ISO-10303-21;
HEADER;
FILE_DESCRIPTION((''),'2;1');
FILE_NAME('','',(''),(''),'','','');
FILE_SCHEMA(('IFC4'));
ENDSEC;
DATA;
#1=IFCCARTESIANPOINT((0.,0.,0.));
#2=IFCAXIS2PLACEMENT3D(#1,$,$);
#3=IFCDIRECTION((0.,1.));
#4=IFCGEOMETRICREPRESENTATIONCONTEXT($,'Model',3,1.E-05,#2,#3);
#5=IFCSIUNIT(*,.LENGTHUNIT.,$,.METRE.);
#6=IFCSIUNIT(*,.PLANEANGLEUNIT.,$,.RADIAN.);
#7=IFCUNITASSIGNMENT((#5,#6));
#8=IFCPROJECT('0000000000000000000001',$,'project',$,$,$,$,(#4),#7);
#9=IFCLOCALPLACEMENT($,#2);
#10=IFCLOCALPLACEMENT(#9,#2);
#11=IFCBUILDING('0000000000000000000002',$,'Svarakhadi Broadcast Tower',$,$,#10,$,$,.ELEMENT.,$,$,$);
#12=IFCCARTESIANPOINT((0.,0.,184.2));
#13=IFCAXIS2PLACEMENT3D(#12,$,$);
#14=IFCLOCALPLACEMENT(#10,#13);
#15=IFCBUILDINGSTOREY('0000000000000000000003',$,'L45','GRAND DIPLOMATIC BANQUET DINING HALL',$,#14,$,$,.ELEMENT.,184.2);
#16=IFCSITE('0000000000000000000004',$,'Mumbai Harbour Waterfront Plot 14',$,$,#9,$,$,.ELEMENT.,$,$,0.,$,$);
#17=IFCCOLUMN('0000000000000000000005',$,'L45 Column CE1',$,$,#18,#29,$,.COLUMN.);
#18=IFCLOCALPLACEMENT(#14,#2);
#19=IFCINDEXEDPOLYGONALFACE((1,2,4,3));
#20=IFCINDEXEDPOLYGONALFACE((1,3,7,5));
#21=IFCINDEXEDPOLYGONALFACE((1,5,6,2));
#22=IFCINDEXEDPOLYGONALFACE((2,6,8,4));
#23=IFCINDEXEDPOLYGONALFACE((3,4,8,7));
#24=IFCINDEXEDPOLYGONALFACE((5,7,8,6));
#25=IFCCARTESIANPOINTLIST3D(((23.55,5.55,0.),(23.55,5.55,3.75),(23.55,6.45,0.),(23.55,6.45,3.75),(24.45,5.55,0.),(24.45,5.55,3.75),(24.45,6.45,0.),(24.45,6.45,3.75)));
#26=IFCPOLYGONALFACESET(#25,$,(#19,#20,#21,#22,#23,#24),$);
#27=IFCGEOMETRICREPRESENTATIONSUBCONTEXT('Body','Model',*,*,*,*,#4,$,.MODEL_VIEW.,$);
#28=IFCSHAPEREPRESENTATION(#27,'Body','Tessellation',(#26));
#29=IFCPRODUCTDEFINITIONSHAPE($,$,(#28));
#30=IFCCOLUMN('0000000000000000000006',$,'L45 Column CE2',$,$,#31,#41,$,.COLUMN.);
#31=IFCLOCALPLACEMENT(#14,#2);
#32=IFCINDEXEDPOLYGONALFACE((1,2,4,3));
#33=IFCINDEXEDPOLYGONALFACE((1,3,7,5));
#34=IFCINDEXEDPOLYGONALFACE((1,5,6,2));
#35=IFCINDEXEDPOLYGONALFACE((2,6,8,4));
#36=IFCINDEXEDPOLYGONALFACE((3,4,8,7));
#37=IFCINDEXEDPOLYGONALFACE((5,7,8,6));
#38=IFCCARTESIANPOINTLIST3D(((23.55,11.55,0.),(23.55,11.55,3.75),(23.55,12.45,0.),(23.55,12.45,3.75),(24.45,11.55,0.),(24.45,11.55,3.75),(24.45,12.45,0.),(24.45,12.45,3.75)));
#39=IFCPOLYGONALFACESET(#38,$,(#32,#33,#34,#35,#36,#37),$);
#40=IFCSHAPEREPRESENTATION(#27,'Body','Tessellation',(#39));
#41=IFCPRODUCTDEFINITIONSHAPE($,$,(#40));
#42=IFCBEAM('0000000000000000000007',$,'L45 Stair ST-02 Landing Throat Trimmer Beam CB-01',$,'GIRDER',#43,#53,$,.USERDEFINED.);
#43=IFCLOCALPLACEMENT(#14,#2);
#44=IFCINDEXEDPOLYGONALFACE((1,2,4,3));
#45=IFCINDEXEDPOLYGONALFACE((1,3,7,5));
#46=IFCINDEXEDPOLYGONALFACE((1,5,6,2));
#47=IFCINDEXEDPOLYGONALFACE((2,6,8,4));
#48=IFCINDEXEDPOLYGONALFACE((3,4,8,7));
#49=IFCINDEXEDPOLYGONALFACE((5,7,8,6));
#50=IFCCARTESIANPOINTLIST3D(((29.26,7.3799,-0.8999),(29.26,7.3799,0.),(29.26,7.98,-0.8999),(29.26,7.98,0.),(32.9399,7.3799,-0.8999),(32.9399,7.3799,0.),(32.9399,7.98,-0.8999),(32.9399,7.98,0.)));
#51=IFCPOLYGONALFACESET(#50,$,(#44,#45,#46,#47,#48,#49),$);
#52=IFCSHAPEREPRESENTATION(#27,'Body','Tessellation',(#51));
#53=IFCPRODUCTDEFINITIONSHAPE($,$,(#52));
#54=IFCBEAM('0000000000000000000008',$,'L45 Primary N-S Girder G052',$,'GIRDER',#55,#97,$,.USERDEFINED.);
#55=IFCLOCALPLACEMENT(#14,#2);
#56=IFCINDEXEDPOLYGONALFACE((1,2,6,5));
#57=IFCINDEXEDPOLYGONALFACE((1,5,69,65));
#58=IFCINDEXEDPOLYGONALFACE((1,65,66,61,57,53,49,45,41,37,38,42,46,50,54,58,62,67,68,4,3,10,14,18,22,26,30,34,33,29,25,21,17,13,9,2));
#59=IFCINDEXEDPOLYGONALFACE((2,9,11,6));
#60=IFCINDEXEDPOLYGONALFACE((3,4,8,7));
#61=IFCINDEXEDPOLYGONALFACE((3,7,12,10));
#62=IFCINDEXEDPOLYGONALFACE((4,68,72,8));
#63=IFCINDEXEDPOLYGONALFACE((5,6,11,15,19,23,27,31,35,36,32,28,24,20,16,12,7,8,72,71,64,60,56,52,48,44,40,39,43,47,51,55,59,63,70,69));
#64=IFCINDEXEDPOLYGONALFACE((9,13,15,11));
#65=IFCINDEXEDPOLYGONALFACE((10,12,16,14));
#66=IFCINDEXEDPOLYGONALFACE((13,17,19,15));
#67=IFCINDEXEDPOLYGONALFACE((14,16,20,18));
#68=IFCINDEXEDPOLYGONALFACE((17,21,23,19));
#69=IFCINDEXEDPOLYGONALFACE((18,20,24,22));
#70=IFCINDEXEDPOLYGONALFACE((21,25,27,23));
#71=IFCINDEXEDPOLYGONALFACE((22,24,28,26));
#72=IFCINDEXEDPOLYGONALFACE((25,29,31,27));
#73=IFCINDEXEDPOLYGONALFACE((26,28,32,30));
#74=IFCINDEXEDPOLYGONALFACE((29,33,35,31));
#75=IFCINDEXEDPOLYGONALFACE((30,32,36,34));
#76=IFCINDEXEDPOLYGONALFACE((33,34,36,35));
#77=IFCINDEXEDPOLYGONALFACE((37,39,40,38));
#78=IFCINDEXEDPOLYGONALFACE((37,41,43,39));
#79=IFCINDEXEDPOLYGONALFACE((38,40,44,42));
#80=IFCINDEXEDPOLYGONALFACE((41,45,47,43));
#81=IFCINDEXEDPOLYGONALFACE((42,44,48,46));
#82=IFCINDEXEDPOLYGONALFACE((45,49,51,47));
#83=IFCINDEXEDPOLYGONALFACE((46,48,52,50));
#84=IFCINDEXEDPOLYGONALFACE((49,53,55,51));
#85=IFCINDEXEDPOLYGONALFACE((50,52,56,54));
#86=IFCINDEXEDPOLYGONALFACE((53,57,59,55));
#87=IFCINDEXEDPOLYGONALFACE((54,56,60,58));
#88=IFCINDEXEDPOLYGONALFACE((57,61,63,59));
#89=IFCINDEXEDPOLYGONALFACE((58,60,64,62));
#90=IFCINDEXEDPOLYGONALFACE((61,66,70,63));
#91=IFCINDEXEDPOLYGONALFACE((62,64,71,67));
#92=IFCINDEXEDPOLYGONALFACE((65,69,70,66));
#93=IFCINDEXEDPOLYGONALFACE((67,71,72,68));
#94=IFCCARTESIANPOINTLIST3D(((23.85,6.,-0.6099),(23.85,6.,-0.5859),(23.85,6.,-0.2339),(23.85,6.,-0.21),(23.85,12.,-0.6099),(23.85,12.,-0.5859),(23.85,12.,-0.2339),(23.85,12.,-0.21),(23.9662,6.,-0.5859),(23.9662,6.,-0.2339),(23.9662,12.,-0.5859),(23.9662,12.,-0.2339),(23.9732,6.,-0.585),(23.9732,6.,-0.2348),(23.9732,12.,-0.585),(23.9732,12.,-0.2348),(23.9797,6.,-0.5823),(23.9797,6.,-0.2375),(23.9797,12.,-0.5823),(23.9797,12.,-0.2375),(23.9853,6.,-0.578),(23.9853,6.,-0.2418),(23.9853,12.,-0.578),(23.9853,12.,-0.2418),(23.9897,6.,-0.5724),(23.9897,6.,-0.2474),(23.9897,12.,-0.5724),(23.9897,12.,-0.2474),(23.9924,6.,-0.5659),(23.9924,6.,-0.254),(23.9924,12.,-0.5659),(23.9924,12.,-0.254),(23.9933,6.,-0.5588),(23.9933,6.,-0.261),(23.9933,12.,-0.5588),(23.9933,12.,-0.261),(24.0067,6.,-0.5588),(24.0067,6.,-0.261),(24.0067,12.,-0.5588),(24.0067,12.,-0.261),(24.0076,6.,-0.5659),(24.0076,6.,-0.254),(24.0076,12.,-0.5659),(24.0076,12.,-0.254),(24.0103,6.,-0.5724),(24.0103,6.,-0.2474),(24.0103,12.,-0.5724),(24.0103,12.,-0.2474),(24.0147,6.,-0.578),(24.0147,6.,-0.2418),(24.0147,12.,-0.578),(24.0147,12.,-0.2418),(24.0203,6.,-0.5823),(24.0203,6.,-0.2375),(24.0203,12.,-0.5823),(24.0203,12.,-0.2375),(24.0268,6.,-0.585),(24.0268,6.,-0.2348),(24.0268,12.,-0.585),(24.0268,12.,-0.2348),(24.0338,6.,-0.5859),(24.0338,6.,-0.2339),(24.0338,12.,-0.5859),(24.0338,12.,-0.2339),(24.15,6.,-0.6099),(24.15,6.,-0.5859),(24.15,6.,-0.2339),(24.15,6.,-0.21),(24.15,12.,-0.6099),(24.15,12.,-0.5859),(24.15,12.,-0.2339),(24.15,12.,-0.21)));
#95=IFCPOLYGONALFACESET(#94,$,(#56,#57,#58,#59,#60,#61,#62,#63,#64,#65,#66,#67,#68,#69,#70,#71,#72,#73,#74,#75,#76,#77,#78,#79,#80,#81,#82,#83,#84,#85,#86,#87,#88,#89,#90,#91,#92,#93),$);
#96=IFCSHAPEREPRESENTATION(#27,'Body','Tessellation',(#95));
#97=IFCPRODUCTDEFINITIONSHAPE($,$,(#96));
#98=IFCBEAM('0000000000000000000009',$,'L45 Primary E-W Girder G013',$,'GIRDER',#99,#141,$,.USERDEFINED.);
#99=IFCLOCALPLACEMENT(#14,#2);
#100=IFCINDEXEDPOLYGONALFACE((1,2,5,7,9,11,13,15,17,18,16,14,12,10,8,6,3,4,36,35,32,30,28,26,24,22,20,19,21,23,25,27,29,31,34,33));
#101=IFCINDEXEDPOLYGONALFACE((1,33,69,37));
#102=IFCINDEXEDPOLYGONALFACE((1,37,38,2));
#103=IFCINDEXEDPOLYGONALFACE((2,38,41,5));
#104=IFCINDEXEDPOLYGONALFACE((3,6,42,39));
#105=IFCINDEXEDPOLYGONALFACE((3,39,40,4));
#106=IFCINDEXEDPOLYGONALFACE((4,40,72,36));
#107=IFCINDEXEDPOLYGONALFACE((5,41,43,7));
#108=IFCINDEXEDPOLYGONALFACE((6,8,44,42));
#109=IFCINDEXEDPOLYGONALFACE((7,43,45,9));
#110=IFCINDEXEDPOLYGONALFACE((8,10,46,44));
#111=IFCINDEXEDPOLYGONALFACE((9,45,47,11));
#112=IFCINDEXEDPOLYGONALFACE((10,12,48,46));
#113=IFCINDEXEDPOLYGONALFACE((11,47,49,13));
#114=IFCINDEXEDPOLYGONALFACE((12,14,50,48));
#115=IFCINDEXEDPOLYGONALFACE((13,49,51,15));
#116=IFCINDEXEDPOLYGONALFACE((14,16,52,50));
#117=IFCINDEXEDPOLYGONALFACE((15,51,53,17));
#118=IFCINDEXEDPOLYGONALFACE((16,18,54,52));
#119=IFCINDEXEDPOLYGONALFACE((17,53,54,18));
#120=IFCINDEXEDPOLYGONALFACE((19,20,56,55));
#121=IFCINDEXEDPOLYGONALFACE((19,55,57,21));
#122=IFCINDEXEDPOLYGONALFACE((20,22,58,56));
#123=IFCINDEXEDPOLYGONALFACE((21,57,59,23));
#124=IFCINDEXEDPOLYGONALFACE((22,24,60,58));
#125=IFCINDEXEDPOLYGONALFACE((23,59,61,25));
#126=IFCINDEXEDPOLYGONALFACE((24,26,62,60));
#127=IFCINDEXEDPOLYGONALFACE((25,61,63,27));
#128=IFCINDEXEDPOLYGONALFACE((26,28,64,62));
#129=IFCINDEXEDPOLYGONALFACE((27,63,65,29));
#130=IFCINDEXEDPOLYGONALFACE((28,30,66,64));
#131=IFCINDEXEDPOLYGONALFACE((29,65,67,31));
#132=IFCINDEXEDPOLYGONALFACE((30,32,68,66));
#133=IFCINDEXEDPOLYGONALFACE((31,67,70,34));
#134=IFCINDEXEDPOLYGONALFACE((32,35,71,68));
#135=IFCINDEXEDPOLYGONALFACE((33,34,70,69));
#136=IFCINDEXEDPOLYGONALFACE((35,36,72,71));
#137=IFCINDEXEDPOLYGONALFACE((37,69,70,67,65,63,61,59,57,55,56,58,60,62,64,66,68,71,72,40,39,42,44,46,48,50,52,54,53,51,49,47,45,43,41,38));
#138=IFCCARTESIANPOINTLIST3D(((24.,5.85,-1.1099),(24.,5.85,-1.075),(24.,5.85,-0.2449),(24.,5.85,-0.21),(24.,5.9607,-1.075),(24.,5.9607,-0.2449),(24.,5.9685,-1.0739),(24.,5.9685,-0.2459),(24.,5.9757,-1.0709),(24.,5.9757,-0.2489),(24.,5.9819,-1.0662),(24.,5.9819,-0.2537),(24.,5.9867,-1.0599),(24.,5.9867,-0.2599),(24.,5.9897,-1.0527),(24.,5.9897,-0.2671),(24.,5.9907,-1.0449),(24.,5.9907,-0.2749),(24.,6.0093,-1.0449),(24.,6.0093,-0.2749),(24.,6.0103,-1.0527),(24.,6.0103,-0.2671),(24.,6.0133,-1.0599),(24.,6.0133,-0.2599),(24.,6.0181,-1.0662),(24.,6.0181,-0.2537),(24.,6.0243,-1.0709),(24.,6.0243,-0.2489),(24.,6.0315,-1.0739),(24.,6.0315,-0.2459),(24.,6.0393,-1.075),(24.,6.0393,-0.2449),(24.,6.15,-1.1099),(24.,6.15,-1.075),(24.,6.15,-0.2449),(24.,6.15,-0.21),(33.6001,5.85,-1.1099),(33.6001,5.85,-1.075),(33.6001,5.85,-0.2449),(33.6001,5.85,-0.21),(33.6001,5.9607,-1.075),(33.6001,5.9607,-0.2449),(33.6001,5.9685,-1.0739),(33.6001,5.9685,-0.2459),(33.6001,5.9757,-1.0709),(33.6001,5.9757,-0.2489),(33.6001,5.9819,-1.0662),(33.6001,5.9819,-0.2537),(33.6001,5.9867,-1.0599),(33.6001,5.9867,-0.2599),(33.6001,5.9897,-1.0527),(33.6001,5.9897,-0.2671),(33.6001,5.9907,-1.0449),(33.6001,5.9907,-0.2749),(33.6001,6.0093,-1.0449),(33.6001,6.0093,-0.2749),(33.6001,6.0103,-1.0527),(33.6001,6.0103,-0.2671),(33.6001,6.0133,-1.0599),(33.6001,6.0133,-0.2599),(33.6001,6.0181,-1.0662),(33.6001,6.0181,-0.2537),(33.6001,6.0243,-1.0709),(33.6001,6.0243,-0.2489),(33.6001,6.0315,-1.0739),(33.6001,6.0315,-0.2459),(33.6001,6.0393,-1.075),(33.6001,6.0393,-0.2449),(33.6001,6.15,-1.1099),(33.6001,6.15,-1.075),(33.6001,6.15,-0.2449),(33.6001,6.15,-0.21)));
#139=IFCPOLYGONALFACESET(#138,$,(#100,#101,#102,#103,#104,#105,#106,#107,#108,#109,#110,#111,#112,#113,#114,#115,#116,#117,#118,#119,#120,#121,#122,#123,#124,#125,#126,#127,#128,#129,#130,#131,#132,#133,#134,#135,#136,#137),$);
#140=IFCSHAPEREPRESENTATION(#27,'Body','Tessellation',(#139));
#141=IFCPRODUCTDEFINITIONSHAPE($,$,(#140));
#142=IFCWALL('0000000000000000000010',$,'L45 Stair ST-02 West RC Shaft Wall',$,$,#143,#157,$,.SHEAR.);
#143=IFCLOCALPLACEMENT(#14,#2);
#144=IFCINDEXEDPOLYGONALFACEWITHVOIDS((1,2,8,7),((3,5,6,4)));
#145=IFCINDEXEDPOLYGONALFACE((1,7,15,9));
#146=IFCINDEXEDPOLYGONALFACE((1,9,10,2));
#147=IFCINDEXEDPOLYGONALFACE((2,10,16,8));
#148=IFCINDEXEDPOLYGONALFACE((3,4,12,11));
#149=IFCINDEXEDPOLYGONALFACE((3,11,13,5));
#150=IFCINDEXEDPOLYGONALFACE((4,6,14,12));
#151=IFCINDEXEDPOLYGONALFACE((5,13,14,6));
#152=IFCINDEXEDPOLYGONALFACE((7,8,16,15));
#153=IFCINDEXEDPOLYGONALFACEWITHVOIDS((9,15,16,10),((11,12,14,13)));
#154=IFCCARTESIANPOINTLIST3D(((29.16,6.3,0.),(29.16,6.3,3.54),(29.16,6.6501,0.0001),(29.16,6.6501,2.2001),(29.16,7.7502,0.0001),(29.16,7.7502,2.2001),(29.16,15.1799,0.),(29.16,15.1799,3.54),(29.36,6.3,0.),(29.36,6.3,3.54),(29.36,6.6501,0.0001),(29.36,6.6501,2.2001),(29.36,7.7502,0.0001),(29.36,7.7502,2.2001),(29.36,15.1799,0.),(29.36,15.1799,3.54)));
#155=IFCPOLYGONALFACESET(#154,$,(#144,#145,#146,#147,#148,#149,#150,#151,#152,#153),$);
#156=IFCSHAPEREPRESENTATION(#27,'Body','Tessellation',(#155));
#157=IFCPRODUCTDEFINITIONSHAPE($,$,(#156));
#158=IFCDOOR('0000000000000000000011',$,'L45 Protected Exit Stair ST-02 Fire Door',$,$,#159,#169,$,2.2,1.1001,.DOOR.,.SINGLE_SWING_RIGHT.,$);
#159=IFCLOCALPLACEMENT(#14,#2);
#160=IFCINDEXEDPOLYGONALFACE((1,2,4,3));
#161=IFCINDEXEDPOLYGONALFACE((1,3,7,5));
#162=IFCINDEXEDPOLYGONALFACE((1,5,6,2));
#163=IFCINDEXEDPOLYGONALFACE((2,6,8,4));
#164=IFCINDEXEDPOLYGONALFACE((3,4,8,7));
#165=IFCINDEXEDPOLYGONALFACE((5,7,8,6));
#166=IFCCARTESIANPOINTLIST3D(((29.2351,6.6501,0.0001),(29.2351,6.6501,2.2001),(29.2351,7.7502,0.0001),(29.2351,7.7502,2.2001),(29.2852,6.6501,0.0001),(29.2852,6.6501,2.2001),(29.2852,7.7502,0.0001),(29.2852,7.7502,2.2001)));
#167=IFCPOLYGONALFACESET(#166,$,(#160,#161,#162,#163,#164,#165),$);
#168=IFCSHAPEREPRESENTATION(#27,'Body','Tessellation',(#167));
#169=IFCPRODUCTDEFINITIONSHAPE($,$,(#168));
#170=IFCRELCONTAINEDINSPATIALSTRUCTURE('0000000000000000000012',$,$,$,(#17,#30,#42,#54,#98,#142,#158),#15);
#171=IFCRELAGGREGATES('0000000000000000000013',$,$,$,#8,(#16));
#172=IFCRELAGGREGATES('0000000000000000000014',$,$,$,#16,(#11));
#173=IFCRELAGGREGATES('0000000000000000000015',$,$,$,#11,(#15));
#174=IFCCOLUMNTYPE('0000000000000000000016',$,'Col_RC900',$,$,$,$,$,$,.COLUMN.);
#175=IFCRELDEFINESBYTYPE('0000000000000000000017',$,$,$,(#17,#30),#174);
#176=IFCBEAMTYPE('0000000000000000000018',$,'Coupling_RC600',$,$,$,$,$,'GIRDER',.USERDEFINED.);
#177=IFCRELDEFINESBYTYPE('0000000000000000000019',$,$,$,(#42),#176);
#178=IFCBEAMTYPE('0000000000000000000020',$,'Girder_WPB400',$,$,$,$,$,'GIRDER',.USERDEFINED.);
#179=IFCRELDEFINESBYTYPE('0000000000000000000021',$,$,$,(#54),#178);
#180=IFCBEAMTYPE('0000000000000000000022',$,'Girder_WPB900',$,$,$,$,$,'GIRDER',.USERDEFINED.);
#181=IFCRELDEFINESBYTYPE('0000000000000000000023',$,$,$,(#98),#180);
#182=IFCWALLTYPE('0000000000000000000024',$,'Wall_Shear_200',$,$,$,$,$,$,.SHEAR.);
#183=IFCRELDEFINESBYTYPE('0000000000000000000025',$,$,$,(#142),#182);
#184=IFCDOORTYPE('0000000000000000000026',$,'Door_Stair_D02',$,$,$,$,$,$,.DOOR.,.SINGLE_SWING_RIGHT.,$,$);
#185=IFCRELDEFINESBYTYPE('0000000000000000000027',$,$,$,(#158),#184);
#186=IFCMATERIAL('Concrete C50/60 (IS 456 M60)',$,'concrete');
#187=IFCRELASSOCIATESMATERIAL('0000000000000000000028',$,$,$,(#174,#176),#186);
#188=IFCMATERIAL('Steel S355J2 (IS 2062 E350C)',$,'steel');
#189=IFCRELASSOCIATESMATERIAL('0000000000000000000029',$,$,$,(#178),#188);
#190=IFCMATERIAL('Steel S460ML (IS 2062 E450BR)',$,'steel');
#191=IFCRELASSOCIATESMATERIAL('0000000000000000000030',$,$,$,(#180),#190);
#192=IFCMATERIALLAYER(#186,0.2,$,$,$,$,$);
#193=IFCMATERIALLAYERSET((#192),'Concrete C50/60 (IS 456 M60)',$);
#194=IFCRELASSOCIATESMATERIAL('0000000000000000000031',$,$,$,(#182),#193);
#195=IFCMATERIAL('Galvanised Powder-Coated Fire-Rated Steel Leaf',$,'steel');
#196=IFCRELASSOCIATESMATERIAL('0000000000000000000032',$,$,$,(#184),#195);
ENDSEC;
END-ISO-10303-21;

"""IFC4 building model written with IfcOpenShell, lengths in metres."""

from ifc_helpers import new_model, si_unit, direction, frame, frame_2d, origin, origin_2d, place, context, subcontext, project, spatial, rectangle, i_section, extrude, material, layer, layer_set, material_profile, profile_set, type_object, element, fill, save


model = new_model("IFC4")

# Units and contexts
model_context = context("Model", 3, precision=1e-05, world=origin(), true_north=direction((0.0, 1.0)))
body_context = subcontext(model_context, "Body", "Model", "MODEL_VIEW")
ifc_project = project(units=[si_unit("LENGTHUNIT", "METRE"), si_unit("PLANEANGLEUNIT", "RADIAN")], contexts=[model_context])

# Site, building, storey
site_placement = place(None, origin())
site = spatial("IfcSite", under=ifc_project, at=site_placement, Name="Mumbai Harbour Waterfront Plot 14", CompositionType="ELEMENT", RefElevation=0.0)
building_placement = place(site_placement, origin())
building = spatial("IfcBuilding", under=site, at=building_placement, Name="Svarakhadi Broadcast Tower", CompositionType="ELEMENT")
storey_placement = place(building_placement, frame((0.0, 0.0, 184.2)))
storey = spatial("IfcBuildingStorey", under=building, at=storey_placement, Name="L45", Description="GRAND DIPLOMATIC BANQUET DINING HALL", CompositionType="ELEMENT", Elevation=184.2)

# Columns
ifc_material_1 = material(Name="Concrete C50/60 (IS 456 M60)", Category="concrete")
ifc_material_profile_1 = material_profile(ifc_material_1, rectangle(XDim=0.8999, YDim=0.8999, at=origin_2d()), Name="RC 900x900")
ifc_profile_set_1 = profile_set([ifc_material_profile_1], Name="Concrete C50/60 (IS 456 M60)")
column_type = type_object("IfcColumnType", Name="Col_RC900", PredefinedType="COLUMN", material=ifc_profile_set_1)
for number, where, z_axis, x_axis, name in (
    (1, (24.0, 6.0, 0.0), (0.0, 0.0, 1.0), (1.0, 0.0, 0.0), "L45 Column CE1"),
    (2, (24.0, 12.0, 0.0), (0.0, 0.0, 1.0), (1.0, 0.0, 0.0), "L45 Column CE2"),
):
    element("IfcColumn", number, at=place(storey_placement, frame(where, z_axis=z_axis, x_axis=x_axis)), inside=storey, type_object=column_type, Name=name, PredefinedType="COLUMN", context=body_context, shape_type="SweptSolid", body=[
        extrude(rectangle(XDim=0.8999, YDim=0.8999, at=origin_2d()), origin(), (0.0, 0.0, 1.0), 3.75),
    ])

# Beams
ifc_material_profile_2 = material_profile(ifc_material_1, rectangle(XDim=0.6001, YDim=0.8999, at=origin_2d()), Name="RC 600x900")
ifc_profile_set_2 = profile_set([ifc_material_profile_2], Name="Concrete C50/60 (IS 456 M60)")
beam_type_1 = type_object("IfcBeamType", Name="Coupling_RC600", ElementType="GIRDER", PredefinedType="USERDEFINED", material=ifc_profile_set_2)
beam_1_placement = place(storey_placement, frame((29.26, 7.6799, -0.45), z_axis=(1.0, 0.0, 0.0), x_axis=(0.0, 1.0, 0.0)))
element("IfcBeam", 3, at=beam_1_placement, inside=storey, type_object=beam_type_1, Name="L45 Stair ST-02 Landing Throat Trimmer Beam CB-01", ObjectType="GIRDER", PredefinedType="USERDEFINED", context=body_context, shape_type="SweptSolid", body=[
    extrude(rectangle(XDim=0.6001, YDim=0.8999, at=origin_2d()), origin(), (0.0, 0.0, 1.0), 3.6799),
])
ifc_material_2 = material(Name="Steel S355J2 (IS 2062 E350C)", Category="steel")
ifc_material_profile_3 = material_profile(ifc_material_2, i_section(OverallWidth=0.3, OverallDepth=0.3999, WebThickness=0.0134, FlangeThickness=0.0239, FilletRadius=0.0271, at=origin_2d()), Name="WPB 400x300x155")
ifc_profile_set_3 = profile_set([ifc_material_profile_3], Name="Steel S355J2 (IS 2062 E350C)")
beam_type_2 = type_object("IfcBeamType", Name="Girder_WPB400", ElementType="GIRDER", PredefinedType="USERDEFINED", material=ifc_profile_set_3)
beam_2_placement = place(storey_placement, frame((24.0, 6.0, -0.4099), z_axis=(0.0, 1.0, 0.0), x_axis=(-1.0, 0.0, 0.0)))
element("IfcBeam", 4, at=beam_2_placement, inside=storey, type_object=beam_type_2, Name="L45 Primary N-S Girder G052", ObjectType="GIRDER", PredefinedType="USERDEFINED", context=body_context, shape_type="SweptSolid", body=[
    extrude(i_section(OverallWidth=0.3, OverallDepth=0.3999, WebThickness=0.0134, FlangeThickness=0.0239, FilletRadius=0.0271, at=origin_2d()), origin(), (0.0, 0.0, 1.0), 6.0),
])
ifc_material_3 = material(Name="Steel S460ML (IS 2062 E450BR)", Category="steel")
ifc_material_profile_4 = material_profile(ifc_material_3, i_section(OverallWidth=0.3, OverallDepth=0.8999, WebThickness=0.0186, FlangeThickness=0.0349, FilletRadius=0.03, at=origin_2d()), Name="WPB 900x300x291")
ifc_profile_set_4 = profile_set([ifc_material_profile_4], Name="Steel S460ML (IS 2062 E450BR)")
beam_type_3 = type_object("IfcBeamType", Name="Girder_WPB900", ElementType="GIRDER", PredefinedType="USERDEFINED", material=ifc_profile_set_4)
beam_3_placement = place(storey_placement, frame((24.0, 6.0, -0.6599), z_axis=(1.0, 0.0, 0.0), x_axis=(0.0, 1.0, 0.0)))
element("IfcBeam", 5, at=beam_3_placement, inside=storey, type_object=beam_type_3, Name="L45 Primary E-W Girder G013", ObjectType="GIRDER", PredefinedType="USERDEFINED", context=body_context, shape_type="SweptSolid", body=[
    extrude(i_section(OverallWidth=0.3, OverallDepth=0.8999, WebThickness=0.0186, FlangeThickness=0.0349, FilletRadius=0.03, at=origin_2d()), origin(), (0.0, 0.0, 1.0), 9.6001),
])

# Wall, opening, door
ifc_layer_1 = layer(ifc_material_1, 0.2)
ifc_layer_set_1 = layer_set([ifc_layer_1], Name="Concrete C50/60 (IS 456 M60)")
wall_type_1 = type_object("IfcWallType", Name="Wall_Shear_200", PredefinedType="SHEAR", material=ifc_layer_set_1)
wall_1_placement = place(storey_placement, frame((29.26, 6.3, 0.0), z_axis=(0.0, 0.0, 1.0), x_axis=(0.0, 1.0, 0.0)))
wall_1 = element("IfcWall", 6, at=wall_1_placement, inside=storey, type_object=wall_type_1, Name="L45 Stair ST-02 West RC Shaft Wall", PredefinedType="SHEAR", context=body_context, shape_type="SweptSolid", body=[
    extrude(rectangle(XDim=8.8799, YDim=0.2, at=frame_2d((4.4399, 0.0))), origin(), (0.0, 0.0, 1.0), 3.54),
])
opening_1_placement = place(wall_1_placement, frame((0.3501, 0.0, 0.0)))
opening_1 = element("IfcOpeningElement", 7, at=opening_1_placement, cuts=wall_1, PredefinedType="OPENING", context=body_context, shape_type="SweptSolid", body=[
    extrude(rectangle(XDim=1.1001, YDim=2.2, at=frame_2d((0.55, 1.1001))), frame((0.0, 0.1099, 0.0), z_axis=(0.0, -1.0, 0.0), x_axis=(1.0, 0.0, 0.0)), (0.0, 0.0, 1.0), 0.22),
])
ifc_material_4 = material(Name="Galvanised Powder-Coated Fire-Rated Steel Leaf", Category="steel")
door_type_1 = type_object("IfcDoorType", Name="Door_Stair_D02", OperationType="SINGLE_SWING_RIGHT", PredefinedType="DOOR", material=ifc_material_4)
door_1_placement = place(opening_1_placement, origin())
door_1 = element("IfcDoor", 8, at=door_1_placement, inside=storey, type_object=door_type_1, Name="L45 Protected Exit Stair ST-02 Fire Door", OperationType="SINGLE_SWING_RIGHT", OverallHeight=2.2, OverallWidth=1.1001, PredefinedType="DOOR", context=body_context, shape_type="SweptSolid", body=[
    extrude(rectangle(XDim=1.1001, YDim=2.2, at=frame_2d((0.55, 1.1001))), frame((0.0, 0.0249, 0.0), z_axis=(0.0, -1.0, 0.0), x_axis=(1.0, 0.0, 0.0)), (0.0, 0.0, 1.0), 0.05),
])
fill(opening_1, door_1)

save(model, "model.ifc")
